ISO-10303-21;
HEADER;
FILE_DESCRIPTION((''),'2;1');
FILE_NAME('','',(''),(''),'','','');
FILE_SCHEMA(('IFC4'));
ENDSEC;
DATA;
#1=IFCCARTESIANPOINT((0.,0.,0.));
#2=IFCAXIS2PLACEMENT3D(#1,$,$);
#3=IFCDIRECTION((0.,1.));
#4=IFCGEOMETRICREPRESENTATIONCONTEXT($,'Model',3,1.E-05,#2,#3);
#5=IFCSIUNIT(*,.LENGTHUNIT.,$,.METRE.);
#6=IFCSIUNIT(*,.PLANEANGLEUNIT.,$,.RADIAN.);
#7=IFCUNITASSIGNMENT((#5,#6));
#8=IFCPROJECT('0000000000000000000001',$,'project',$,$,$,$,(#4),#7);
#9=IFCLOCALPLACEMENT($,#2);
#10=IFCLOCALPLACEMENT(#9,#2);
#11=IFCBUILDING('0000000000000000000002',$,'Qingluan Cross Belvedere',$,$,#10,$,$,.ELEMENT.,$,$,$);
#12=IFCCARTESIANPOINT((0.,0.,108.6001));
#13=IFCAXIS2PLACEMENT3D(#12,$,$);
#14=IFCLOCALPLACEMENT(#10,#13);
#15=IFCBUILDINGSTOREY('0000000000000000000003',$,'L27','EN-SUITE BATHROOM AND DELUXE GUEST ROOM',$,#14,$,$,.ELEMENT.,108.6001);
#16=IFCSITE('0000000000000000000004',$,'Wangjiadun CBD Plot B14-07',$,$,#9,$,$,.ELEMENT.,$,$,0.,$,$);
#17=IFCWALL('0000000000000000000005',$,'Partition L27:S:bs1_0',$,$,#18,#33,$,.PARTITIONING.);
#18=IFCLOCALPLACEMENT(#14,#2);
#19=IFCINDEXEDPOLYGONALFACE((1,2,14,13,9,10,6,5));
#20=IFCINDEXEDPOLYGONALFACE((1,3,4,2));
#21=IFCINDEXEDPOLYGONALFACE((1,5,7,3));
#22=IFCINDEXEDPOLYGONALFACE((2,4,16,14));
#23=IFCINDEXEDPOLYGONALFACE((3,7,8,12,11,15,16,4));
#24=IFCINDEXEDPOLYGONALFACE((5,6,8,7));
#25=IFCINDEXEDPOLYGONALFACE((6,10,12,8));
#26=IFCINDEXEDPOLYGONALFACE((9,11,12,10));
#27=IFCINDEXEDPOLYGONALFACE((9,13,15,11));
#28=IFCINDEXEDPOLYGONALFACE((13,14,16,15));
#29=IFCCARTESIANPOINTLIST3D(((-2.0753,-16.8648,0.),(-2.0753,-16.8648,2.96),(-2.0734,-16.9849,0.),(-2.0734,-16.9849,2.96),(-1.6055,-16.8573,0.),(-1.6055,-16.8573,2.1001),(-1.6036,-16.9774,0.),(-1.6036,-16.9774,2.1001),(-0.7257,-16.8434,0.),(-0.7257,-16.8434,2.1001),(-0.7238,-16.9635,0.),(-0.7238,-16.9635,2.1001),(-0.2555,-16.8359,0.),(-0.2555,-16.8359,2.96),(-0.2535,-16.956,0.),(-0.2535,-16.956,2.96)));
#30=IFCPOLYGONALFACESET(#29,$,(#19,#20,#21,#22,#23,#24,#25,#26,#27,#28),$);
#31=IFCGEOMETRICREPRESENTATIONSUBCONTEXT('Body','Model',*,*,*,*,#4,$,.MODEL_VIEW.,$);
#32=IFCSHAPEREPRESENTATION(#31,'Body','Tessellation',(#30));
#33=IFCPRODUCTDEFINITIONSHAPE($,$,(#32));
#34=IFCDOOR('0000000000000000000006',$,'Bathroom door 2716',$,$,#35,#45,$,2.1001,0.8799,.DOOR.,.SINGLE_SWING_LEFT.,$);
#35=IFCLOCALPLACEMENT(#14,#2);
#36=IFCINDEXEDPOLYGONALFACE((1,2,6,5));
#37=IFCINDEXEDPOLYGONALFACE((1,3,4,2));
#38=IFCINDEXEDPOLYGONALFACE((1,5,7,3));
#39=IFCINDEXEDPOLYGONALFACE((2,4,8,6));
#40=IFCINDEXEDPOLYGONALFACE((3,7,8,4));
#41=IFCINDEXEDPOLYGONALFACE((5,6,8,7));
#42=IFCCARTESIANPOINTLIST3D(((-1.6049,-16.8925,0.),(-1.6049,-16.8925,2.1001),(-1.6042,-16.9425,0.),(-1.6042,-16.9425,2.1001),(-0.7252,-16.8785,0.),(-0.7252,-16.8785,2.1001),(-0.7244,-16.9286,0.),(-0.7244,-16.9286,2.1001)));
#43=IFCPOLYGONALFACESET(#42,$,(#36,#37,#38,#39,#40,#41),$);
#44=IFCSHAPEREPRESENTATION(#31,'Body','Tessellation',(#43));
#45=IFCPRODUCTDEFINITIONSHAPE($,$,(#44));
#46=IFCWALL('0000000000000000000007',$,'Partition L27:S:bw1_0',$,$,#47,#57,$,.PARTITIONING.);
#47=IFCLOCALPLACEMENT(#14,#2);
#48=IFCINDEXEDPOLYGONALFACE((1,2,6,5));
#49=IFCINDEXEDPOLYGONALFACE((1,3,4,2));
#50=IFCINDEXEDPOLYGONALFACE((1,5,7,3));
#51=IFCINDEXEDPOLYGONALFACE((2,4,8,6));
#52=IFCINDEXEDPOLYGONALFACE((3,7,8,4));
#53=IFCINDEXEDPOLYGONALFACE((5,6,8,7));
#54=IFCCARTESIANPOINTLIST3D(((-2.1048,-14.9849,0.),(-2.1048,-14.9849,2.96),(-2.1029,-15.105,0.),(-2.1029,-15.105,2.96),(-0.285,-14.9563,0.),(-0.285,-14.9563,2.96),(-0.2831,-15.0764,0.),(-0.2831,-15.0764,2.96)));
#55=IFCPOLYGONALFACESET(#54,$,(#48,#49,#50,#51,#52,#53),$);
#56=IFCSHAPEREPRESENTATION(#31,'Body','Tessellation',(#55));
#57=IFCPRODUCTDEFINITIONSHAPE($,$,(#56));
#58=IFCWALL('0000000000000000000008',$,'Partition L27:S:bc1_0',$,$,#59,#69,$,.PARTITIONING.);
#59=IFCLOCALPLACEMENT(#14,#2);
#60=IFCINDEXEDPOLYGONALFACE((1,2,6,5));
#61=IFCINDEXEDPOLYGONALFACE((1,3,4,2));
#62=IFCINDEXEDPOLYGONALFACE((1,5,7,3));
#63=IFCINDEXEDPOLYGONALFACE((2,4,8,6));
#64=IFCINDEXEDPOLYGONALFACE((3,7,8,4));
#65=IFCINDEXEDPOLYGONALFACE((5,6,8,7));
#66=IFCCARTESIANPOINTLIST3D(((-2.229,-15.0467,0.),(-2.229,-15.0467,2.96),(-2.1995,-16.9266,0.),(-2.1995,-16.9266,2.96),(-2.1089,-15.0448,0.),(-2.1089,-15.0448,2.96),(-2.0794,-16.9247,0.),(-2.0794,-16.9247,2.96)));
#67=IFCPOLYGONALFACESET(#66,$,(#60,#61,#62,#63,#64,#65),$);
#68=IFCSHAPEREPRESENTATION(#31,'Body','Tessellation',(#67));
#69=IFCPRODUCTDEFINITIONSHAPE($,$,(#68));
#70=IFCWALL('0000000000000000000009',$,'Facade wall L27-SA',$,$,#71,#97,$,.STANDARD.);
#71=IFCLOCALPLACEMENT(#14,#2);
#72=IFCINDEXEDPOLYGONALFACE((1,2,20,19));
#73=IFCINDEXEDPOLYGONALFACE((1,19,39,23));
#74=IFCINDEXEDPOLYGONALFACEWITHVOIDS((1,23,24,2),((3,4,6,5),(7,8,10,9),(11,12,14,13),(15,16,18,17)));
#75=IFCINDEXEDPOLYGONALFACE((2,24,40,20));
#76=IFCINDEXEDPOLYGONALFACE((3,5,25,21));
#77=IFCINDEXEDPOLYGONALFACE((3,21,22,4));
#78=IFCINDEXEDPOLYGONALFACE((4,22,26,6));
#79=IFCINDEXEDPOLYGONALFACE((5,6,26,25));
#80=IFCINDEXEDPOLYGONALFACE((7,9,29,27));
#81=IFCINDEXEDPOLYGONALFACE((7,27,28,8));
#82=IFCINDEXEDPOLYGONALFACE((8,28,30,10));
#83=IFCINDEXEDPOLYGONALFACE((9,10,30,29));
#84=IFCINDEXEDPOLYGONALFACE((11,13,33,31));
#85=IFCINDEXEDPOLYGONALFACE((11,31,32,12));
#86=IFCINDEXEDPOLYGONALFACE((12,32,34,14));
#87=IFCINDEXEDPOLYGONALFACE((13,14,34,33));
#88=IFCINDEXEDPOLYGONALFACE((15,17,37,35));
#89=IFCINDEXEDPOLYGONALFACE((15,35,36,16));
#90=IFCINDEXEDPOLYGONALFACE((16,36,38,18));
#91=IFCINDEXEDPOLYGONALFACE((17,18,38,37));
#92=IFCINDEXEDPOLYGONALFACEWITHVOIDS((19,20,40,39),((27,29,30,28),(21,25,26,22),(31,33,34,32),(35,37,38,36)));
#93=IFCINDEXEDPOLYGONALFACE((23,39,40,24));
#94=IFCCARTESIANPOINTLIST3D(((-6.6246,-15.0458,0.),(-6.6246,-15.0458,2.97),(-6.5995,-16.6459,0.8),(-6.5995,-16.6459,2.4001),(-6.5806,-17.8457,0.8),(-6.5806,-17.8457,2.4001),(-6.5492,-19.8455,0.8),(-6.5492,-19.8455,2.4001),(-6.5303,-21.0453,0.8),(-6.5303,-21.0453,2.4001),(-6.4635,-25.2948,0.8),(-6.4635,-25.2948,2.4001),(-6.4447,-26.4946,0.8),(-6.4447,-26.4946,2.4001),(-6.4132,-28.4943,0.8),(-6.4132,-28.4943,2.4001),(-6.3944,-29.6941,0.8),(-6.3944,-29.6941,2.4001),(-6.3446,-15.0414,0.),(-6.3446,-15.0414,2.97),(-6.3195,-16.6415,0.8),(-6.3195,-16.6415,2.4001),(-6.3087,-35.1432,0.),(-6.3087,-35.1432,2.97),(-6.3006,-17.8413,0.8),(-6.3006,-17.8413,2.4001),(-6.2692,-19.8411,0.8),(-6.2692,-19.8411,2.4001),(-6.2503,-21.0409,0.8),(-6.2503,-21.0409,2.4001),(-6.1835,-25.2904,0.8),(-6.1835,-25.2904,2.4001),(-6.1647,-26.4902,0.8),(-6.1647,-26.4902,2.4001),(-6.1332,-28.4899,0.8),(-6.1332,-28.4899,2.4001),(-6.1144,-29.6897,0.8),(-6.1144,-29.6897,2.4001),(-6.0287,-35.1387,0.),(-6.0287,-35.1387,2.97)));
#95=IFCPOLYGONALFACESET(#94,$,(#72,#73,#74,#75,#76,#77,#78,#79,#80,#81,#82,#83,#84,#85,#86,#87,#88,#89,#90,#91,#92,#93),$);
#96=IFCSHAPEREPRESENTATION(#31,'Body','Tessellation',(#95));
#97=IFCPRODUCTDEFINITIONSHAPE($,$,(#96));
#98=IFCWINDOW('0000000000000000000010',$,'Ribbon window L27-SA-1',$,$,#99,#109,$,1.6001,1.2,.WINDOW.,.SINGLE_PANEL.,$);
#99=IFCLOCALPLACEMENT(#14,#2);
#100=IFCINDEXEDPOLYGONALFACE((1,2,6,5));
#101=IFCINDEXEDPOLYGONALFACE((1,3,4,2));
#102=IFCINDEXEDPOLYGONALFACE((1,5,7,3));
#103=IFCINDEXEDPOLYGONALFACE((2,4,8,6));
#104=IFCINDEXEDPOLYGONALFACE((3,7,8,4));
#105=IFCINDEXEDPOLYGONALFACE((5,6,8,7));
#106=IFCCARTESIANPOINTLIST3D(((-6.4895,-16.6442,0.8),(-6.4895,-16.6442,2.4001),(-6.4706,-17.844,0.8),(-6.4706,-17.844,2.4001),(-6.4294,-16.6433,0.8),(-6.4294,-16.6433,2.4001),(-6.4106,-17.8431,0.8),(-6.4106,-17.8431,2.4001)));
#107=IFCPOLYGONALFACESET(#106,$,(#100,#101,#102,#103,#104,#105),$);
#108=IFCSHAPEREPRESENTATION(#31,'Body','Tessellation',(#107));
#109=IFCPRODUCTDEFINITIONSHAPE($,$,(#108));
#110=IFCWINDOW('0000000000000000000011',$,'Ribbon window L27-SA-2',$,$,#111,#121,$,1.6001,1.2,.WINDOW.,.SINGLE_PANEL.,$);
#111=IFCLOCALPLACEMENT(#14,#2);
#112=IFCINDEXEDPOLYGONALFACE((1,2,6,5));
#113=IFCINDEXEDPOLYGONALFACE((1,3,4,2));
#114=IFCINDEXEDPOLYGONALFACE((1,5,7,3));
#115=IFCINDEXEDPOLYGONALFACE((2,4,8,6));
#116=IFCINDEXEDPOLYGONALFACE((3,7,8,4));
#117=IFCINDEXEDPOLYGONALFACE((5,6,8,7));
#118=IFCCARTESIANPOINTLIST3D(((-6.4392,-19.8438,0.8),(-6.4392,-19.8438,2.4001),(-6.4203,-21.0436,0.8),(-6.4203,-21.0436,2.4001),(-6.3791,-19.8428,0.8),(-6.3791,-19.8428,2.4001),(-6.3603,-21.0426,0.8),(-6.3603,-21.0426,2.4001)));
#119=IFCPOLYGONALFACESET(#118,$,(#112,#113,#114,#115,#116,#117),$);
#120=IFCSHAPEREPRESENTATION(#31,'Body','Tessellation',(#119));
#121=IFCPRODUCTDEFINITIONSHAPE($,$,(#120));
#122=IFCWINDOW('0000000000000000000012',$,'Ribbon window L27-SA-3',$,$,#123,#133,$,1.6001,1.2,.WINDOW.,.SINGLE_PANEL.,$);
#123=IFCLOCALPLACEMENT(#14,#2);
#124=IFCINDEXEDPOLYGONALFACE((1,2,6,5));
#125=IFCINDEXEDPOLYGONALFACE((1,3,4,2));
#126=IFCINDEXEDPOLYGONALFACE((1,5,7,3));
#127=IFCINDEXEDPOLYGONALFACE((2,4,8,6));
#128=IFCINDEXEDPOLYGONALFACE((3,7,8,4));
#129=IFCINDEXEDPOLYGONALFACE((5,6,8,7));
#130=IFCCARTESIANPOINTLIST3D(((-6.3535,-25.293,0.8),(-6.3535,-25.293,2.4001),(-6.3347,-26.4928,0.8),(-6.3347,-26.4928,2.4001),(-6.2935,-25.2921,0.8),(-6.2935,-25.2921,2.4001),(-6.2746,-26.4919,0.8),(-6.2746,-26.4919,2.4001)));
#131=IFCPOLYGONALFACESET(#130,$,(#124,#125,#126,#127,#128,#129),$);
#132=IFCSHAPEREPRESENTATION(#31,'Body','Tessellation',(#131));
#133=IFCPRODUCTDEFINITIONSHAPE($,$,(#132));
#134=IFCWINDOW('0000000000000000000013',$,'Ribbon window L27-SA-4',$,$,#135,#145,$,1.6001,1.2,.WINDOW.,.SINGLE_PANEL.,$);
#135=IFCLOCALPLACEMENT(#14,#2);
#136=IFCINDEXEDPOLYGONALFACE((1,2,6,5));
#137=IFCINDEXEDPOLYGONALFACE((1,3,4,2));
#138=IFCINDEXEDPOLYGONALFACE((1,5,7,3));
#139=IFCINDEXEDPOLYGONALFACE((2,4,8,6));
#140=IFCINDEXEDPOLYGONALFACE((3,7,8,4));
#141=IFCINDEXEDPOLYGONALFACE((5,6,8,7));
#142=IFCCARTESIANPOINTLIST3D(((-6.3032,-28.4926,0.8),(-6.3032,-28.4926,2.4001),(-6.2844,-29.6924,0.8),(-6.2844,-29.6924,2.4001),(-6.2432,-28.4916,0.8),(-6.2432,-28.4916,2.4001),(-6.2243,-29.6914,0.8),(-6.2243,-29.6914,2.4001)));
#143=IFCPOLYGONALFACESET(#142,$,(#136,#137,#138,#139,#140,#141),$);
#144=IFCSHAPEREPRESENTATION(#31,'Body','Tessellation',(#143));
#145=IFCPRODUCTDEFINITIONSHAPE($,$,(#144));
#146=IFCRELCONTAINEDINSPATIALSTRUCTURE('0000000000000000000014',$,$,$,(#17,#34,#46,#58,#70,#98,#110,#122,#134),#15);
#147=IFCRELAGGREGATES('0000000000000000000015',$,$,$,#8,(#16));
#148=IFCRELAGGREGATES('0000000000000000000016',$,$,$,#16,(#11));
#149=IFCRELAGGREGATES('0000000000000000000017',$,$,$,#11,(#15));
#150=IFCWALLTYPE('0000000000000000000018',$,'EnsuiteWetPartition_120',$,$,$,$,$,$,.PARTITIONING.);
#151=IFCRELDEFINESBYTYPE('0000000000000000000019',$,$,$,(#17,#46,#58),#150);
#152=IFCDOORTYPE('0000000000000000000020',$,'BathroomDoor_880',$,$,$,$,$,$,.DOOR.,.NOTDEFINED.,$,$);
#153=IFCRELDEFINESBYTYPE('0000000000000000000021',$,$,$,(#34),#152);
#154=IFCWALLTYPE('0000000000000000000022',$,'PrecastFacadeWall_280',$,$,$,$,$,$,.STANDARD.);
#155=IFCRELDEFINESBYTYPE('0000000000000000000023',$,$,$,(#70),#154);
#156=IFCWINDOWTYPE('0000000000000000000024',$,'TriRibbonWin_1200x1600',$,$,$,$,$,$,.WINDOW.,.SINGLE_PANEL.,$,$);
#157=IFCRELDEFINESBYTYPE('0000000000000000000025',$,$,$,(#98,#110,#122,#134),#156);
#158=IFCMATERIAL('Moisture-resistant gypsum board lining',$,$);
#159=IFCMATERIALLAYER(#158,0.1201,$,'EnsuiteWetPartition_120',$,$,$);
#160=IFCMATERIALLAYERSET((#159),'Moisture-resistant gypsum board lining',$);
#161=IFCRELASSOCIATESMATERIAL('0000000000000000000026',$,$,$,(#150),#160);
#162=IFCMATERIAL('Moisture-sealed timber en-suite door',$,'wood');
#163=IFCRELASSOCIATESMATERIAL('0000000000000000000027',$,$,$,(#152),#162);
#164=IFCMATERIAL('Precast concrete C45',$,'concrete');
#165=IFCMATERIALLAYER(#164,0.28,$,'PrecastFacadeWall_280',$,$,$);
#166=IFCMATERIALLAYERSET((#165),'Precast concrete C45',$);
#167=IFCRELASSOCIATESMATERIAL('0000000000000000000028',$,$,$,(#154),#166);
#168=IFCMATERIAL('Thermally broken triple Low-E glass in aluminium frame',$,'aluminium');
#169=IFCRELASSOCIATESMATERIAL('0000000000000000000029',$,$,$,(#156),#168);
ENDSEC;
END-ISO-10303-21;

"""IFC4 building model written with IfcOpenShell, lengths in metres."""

from ifc_helpers import new_model, si_unit, direction, frame, frame_2d, origin, place, context, subcontext, project, spatial, rectangle, extrude, material, layer, layer_set, type_object, element, fill, save


model = new_model("IFC4")

# Units and contexts
model_context = context("Model", 3, precision=1e-05, world=origin(), true_north=direction((0.0, 1.0)))
body_context = subcontext(model_context, "Body", "Model", "MODEL_VIEW")
ifc_project = project(units=[si_unit("LENGTHUNIT", "METRE"), si_unit("PLANEANGLEUNIT", "RADIAN")], contexts=[model_context])

# Site, building, storey
site_placement = place(None, origin())
site = spatial("IfcSite", under=ifc_project, at=site_placement, Name="Wangjiadun CBD Plot B14-07", CompositionType="ELEMENT", RefElevation=0.0)
building_placement = place(site_placement, origin())
building = spatial("IfcBuilding", under=site, at=building_placement, Name="Qingluan Cross Belvedere", CompositionType="ELEMENT")
storey_placement = place(building_placement, frame((0.0, 0.0, 108.6001)))
storey = spatial("IfcBuildingStorey", under=building, at=storey_placement, Name="L27", Description="EN-SUITE BATHROOM AND DELUXE GUEST ROOM", CompositionType="ELEMENT", Elevation=108.6001)

# Wall, opening, door
ifc_material_1 = material(Name="Moisture-resistant gypsum board lining")
ifc_layer_1 = layer(ifc_material_1, 0.1201, Name="EnsuiteWetPartition_120")
ifc_layer_set_1 = layer_set([ifc_layer_1], Name="Moisture-resistant gypsum board lining")
wall_type_1 = type_object("IfcWallType", Name="EnsuiteWetPartition_120", PredefinedType="PARTITIONING", material=ifc_layer_set_1)
wall_1_placement = place(storey_placement, frame((-2.0745, -16.9248, 0.0), z_axis=(0.0, 0.0, 1.0), x_axis=(0.999875, 0.015828, 0.0)))
wall_1 = element("IfcWall", 1, at=wall_1_placement, inside=storey, type_object=wall_type_1, Name="Partition L27:S:bs1_0", PredefinedType="PARTITIONING", context=body_context, shape_type="SweptSolid", body=[
    extrude(rectangle(XDim=1.8201, YDim=0.1201, at=frame_2d((0.9102, 0.0))), origin(), (0.0, 0.0, 1.0), 2.96),
])
opening_1_placement = place(wall_1_placement, frame((0.47, 0.0, 0.0)))
opening_1 = element("IfcOpeningElement", 2, at=opening_1_placement, cuts=wall_1, PredefinedType="OPENING", context=body_context, shape_type="SweptSolid", body=[
    extrude(rectangle(XDim=0.8799, YDim=2.1001, at=frame_2d((0.4399, 1.05))), frame((0.0, 0.0701, 0.0), z_axis=(0.0, -1.0, 0.0), x_axis=(1.0, 0.0, 0.0)), (0.0, 0.0, 1.0), 0.1401),
])
ifc_material_2 = material(Name="Moisture-sealed timber en-suite door", Category="wood")
door_type_1 = type_object("IfcDoorType", Name="BathroomDoor_880", OperationType="NOTDEFINED", PredefinedType="DOOR", material=ifc_material_2)
door_1_placement = place(opening_1_placement, origin())
door_1 = element("IfcDoor", 3, at=door_1_placement, inside=storey, type_object=door_type_1, Name="Bathroom door 2716", OperationType="SINGLE_SWING_LEFT", OverallHeight=2.1001, OverallWidth=0.8799, PredefinedType="DOOR", context=body_context, shape_type="SweptSolid", body=[
    extrude(rectangle(XDim=0.8799, YDim=2.1001, at=frame_2d((0.4399, 1.05))), frame((0.0, 0.0249, 0.0), z_axis=(0.0, -1.0, 0.0), x_axis=(1.0, 0.0, 0.0)), (0.0, 0.0, 1.0), 0.05),
])
fill(opening_1, door_1)

# Walls
wall_2_placement = place(storey_placement, frame((-2.104, -15.0449, 0.0), z_axis=(0.0, 0.0, 1.0), x_axis=(0.999877, 0.015694, 0.0)))
element("IfcWall", 4, at=wall_2_placement, inside=storey, type_object=wall_type_1, Name="Partition L27:S:bw1_0", PredefinedType="PARTITIONING", context=body_context, shape_type="SweptSolid", body=[
    extrude(rectangle(XDim=1.8201, YDim=0.1201, at=frame_2d((0.9102, 0.0))), origin(), (0.0, 0.0, 1.0), 2.96),
])
wall_3_placement = place(storey_placement, frame((-2.1689, -15.0459, 0.0), z_axis=(0.0, 0.0, 1.0), x_axis=(0.015712, -0.999877, 0.0)))
element("IfcWall", 5, at=wall_3_placement, inside=storey, type_object=wall_type_1, Name="Partition L27:S:bc1_0", PredefinedType="PARTITIONING", context=body_context, shape_type="SweptSolid", body=[
    extrude(rectangle(XDim=1.8801, YDim=0.1201, at=frame_2d((0.9399, 0.0))), origin(), (0.0, 0.0, 1.0), 2.96),
])

# Wall, openings, windows
ifc_material_3 = material(Name="Precast concrete C45", Category="concrete")
ifc_layer_2 = layer(ifc_material_3, 0.28, Name="PrecastFacadeWall_280")
ifc_layer_set_2 = layer_set([ifc_layer_2], Name="Precast concrete C45")
wall_type_2 = type_object("IfcWallType", Name="PrecastFacadeWall_280", PredefinedType="STANDARD", material=ifc_layer_set_2)
wall_4_placement = place(storey_placement, frame((-6.4846, -15.0437, 0.0), z_axis=(0.0, 0.0, 1.0), x_axis=(0.015717, -0.999876, 0.0)))
wall_4 = element("IfcWall", 6, at=wall_4_placement, inside=storey, type_object=wall_type_2, Name="Facade wall L27-SA", PredefinedType="STANDARD", context=body_context, shape_type="SweptSolid", body=[
    extrude(rectangle(XDim=20.0999, YDim=0.28, at=frame_2d((10.0498, 0.0))), origin(), (0.0, 0.0, 1.0), 2.97),
])
opening_2_placement = place(wall_4_placement, frame((1.6001, 0.0, 0.8)))
opening_2 = element("IfcOpeningElement", 7, at=opening_2_placement, cuts=wall_4, PredefinedType="OPENING", context=body_context, shape_type="SweptSolid", body=[
    extrude(rectangle(XDim=1.2, YDim=1.6001, at=frame_2d((0.6001, 0.8))), frame((0.0, 0.1499, 0.0), z_axis=(0.0, -1.0, 0.0), x_axis=(1.0, 0.0, 0.0)), (0.0, 0.0, 1.0), 0.3),
])
opening_3_placement = place(wall_4_placement, frame((4.8, 0.0, 0.8)))
opening_3 = element("IfcOpeningElement", 8, at=opening_3_placement, cuts=wall_4, PredefinedType="OPENING", context=body_context, shape_type="SweptSolid", body=[
    extrude(rectangle(XDim=1.2, YDim=1.6001, at=frame_2d((0.6001, 0.8))), frame((0.0, 0.1499, 0.0), z_axis=(0.0, -1.0, 0.0), x_axis=(1.0, 0.0, 0.0)), (0.0, 0.0, 1.0), 0.3),
])
opening_4_placement = place(wall_4_placement, frame((10.25, 0.0, 0.8)))
opening_4 = element("IfcOpeningElement", 9, at=opening_4_placement, cuts=wall_4, PredefinedType="OPENING", context=body_context, shape_type="SweptSolid", body=[
    extrude(rectangle(XDim=1.2, YDim=1.6001, at=frame_2d((0.6001, 0.8))), frame((0.0, 0.1499, 0.0), z_axis=(0.0, -1.0, 0.0), x_axis=(1.0, 0.0, 0.0)), (0.0, 0.0, 1.0), 0.3),
])
opening_5_placement = place(wall_4_placement, frame((13.45, 0.0, 0.8)))
opening_5 = element("IfcOpeningElement", 10, at=opening_5_placement, cuts=wall_4, PredefinedType="OPENING", context=body_context, shape_type="SweptSolid", body=[
    extrude(rectangle(XDim=1.2, YDim=1.6001, at=frame_2d((0.6001, 0.8))), frame((0.0, 0.1499, 0.0), z_axis=(0.0, -1.0, 0.0), x_axis=(1.0, 0.0, 0.0)), (0.0, 0.0, 1.0), 0.3),
])
ifc_material_4 = material(Name="Thermally broken triple Low-E glass in aluminium frame", Category="aluminium")
window_type_1 = type_object("IfcWindowType", Name="TriRibbonWin_1200x1600", PartitioningType="SINGLE_PANEL", PredefinedType="WINDOW", material=ifc_material_4)
window_1_placement = place(opening_2_placement, origin())
window_1 = element("IfcWindow", 11, at=window_1_placement, inside=storey, type_object=window_type_1, Name="Ribbon window L27-SA-1", OverallHeight=1.6001, OverallWidth=1.2, PartitioningType="SINGLE_PANEL", PredefinedType="WINDOW", context=body_context, shape_type="SweptSolid", body=[
    extrude(rectangle(XDim=1.2, YDim=1.6001, at=frame_2d((0.6001, 0.8))), frame((0.0, 0.03, 0.0), z_axis=(0.0, -1.0, 0.0), x_axis=(1.0, 0.0, 0.0)), (0.0, 0.0, 1.0), 0.0601),
])
fill(opening_2, window_1)
window_2_placement = place(opening_3_placement, origin())
window_2 = element("IfcWindow", 12, at=window_2_placement, inside=storey, type_object=window_type_1, Name="Ribbon window L27-SA-2", OverallHeight=1.6001, OverallWidth=1.2, PartitioningType="SINGLE_PANEL", PredefinedType="WINDOW", context=body_context, shape_type="SweptSolid", body=[
    extrude(rectangle(XDim=1.2, YDim=1.6001, at=frame_2d((0.6001, 0.8))), frame((0.0, 0.03, 0.0), z_axis=(0.0, -1.0, 0.0), x_axis=(1.0, 0.0, 0.0)), (0.0, 0.0, 1.0), 0.0601),
])
fill(opening_3, window_2)
window_3_placement = place(opening_4_placement, origin())
window_3 = element("IfcWindow", 13, at=window_3_placement, inside=storey, type_object=window_type_1, Name="Ribbon window L27-SA-3", OverallHeight=1.6001, OverallWidth=1.2, PartitioningType="SINGLE_PANEL", PredefinedType="WINDOW", context=body_context, shape_type="SweptSolid", body=[
    extrude(rectangle(XDim=1.2, YDim=1.6001, at=frame_2d((0.6001, 0.8))), frame((0.0, 0.03, 0.0), z_axis=(0.0, -1.0, 0.0), x_axis=(1.0, 0.0, 0.0)), (0.0, 0.0, 1.0), 0.0601),
])
fill(opening_4, window_3)
window_4_placement = place(opening_5_placement, origin())
window_4 = element("IfcWindow", 14, at=window_4_placement, inside=storey, type_object=window_type_1, Name="Ribbon window L27-SA-4", OverallHeight=1.6001, OverallWidth=1.2, PartitioningType="SINGLE_PANEL", PredefinedType="WINDOW", context=body_context, shape_type="SweptSolid", body=[
    extrude(rectangle(XDim=1.2, YDim=1.6001, at=frame_2d((0.6001, 0.8))), frame((0.0, 0.03, 0.0), z_axis=(0.0, -1.0, 0.0), x_axis=(1.0, 0.0, 0.0)), (0.0, 0.0, 1.0), 0.0601),
])
fill(opening_5, window_4)

save(model, "model.ifc")
